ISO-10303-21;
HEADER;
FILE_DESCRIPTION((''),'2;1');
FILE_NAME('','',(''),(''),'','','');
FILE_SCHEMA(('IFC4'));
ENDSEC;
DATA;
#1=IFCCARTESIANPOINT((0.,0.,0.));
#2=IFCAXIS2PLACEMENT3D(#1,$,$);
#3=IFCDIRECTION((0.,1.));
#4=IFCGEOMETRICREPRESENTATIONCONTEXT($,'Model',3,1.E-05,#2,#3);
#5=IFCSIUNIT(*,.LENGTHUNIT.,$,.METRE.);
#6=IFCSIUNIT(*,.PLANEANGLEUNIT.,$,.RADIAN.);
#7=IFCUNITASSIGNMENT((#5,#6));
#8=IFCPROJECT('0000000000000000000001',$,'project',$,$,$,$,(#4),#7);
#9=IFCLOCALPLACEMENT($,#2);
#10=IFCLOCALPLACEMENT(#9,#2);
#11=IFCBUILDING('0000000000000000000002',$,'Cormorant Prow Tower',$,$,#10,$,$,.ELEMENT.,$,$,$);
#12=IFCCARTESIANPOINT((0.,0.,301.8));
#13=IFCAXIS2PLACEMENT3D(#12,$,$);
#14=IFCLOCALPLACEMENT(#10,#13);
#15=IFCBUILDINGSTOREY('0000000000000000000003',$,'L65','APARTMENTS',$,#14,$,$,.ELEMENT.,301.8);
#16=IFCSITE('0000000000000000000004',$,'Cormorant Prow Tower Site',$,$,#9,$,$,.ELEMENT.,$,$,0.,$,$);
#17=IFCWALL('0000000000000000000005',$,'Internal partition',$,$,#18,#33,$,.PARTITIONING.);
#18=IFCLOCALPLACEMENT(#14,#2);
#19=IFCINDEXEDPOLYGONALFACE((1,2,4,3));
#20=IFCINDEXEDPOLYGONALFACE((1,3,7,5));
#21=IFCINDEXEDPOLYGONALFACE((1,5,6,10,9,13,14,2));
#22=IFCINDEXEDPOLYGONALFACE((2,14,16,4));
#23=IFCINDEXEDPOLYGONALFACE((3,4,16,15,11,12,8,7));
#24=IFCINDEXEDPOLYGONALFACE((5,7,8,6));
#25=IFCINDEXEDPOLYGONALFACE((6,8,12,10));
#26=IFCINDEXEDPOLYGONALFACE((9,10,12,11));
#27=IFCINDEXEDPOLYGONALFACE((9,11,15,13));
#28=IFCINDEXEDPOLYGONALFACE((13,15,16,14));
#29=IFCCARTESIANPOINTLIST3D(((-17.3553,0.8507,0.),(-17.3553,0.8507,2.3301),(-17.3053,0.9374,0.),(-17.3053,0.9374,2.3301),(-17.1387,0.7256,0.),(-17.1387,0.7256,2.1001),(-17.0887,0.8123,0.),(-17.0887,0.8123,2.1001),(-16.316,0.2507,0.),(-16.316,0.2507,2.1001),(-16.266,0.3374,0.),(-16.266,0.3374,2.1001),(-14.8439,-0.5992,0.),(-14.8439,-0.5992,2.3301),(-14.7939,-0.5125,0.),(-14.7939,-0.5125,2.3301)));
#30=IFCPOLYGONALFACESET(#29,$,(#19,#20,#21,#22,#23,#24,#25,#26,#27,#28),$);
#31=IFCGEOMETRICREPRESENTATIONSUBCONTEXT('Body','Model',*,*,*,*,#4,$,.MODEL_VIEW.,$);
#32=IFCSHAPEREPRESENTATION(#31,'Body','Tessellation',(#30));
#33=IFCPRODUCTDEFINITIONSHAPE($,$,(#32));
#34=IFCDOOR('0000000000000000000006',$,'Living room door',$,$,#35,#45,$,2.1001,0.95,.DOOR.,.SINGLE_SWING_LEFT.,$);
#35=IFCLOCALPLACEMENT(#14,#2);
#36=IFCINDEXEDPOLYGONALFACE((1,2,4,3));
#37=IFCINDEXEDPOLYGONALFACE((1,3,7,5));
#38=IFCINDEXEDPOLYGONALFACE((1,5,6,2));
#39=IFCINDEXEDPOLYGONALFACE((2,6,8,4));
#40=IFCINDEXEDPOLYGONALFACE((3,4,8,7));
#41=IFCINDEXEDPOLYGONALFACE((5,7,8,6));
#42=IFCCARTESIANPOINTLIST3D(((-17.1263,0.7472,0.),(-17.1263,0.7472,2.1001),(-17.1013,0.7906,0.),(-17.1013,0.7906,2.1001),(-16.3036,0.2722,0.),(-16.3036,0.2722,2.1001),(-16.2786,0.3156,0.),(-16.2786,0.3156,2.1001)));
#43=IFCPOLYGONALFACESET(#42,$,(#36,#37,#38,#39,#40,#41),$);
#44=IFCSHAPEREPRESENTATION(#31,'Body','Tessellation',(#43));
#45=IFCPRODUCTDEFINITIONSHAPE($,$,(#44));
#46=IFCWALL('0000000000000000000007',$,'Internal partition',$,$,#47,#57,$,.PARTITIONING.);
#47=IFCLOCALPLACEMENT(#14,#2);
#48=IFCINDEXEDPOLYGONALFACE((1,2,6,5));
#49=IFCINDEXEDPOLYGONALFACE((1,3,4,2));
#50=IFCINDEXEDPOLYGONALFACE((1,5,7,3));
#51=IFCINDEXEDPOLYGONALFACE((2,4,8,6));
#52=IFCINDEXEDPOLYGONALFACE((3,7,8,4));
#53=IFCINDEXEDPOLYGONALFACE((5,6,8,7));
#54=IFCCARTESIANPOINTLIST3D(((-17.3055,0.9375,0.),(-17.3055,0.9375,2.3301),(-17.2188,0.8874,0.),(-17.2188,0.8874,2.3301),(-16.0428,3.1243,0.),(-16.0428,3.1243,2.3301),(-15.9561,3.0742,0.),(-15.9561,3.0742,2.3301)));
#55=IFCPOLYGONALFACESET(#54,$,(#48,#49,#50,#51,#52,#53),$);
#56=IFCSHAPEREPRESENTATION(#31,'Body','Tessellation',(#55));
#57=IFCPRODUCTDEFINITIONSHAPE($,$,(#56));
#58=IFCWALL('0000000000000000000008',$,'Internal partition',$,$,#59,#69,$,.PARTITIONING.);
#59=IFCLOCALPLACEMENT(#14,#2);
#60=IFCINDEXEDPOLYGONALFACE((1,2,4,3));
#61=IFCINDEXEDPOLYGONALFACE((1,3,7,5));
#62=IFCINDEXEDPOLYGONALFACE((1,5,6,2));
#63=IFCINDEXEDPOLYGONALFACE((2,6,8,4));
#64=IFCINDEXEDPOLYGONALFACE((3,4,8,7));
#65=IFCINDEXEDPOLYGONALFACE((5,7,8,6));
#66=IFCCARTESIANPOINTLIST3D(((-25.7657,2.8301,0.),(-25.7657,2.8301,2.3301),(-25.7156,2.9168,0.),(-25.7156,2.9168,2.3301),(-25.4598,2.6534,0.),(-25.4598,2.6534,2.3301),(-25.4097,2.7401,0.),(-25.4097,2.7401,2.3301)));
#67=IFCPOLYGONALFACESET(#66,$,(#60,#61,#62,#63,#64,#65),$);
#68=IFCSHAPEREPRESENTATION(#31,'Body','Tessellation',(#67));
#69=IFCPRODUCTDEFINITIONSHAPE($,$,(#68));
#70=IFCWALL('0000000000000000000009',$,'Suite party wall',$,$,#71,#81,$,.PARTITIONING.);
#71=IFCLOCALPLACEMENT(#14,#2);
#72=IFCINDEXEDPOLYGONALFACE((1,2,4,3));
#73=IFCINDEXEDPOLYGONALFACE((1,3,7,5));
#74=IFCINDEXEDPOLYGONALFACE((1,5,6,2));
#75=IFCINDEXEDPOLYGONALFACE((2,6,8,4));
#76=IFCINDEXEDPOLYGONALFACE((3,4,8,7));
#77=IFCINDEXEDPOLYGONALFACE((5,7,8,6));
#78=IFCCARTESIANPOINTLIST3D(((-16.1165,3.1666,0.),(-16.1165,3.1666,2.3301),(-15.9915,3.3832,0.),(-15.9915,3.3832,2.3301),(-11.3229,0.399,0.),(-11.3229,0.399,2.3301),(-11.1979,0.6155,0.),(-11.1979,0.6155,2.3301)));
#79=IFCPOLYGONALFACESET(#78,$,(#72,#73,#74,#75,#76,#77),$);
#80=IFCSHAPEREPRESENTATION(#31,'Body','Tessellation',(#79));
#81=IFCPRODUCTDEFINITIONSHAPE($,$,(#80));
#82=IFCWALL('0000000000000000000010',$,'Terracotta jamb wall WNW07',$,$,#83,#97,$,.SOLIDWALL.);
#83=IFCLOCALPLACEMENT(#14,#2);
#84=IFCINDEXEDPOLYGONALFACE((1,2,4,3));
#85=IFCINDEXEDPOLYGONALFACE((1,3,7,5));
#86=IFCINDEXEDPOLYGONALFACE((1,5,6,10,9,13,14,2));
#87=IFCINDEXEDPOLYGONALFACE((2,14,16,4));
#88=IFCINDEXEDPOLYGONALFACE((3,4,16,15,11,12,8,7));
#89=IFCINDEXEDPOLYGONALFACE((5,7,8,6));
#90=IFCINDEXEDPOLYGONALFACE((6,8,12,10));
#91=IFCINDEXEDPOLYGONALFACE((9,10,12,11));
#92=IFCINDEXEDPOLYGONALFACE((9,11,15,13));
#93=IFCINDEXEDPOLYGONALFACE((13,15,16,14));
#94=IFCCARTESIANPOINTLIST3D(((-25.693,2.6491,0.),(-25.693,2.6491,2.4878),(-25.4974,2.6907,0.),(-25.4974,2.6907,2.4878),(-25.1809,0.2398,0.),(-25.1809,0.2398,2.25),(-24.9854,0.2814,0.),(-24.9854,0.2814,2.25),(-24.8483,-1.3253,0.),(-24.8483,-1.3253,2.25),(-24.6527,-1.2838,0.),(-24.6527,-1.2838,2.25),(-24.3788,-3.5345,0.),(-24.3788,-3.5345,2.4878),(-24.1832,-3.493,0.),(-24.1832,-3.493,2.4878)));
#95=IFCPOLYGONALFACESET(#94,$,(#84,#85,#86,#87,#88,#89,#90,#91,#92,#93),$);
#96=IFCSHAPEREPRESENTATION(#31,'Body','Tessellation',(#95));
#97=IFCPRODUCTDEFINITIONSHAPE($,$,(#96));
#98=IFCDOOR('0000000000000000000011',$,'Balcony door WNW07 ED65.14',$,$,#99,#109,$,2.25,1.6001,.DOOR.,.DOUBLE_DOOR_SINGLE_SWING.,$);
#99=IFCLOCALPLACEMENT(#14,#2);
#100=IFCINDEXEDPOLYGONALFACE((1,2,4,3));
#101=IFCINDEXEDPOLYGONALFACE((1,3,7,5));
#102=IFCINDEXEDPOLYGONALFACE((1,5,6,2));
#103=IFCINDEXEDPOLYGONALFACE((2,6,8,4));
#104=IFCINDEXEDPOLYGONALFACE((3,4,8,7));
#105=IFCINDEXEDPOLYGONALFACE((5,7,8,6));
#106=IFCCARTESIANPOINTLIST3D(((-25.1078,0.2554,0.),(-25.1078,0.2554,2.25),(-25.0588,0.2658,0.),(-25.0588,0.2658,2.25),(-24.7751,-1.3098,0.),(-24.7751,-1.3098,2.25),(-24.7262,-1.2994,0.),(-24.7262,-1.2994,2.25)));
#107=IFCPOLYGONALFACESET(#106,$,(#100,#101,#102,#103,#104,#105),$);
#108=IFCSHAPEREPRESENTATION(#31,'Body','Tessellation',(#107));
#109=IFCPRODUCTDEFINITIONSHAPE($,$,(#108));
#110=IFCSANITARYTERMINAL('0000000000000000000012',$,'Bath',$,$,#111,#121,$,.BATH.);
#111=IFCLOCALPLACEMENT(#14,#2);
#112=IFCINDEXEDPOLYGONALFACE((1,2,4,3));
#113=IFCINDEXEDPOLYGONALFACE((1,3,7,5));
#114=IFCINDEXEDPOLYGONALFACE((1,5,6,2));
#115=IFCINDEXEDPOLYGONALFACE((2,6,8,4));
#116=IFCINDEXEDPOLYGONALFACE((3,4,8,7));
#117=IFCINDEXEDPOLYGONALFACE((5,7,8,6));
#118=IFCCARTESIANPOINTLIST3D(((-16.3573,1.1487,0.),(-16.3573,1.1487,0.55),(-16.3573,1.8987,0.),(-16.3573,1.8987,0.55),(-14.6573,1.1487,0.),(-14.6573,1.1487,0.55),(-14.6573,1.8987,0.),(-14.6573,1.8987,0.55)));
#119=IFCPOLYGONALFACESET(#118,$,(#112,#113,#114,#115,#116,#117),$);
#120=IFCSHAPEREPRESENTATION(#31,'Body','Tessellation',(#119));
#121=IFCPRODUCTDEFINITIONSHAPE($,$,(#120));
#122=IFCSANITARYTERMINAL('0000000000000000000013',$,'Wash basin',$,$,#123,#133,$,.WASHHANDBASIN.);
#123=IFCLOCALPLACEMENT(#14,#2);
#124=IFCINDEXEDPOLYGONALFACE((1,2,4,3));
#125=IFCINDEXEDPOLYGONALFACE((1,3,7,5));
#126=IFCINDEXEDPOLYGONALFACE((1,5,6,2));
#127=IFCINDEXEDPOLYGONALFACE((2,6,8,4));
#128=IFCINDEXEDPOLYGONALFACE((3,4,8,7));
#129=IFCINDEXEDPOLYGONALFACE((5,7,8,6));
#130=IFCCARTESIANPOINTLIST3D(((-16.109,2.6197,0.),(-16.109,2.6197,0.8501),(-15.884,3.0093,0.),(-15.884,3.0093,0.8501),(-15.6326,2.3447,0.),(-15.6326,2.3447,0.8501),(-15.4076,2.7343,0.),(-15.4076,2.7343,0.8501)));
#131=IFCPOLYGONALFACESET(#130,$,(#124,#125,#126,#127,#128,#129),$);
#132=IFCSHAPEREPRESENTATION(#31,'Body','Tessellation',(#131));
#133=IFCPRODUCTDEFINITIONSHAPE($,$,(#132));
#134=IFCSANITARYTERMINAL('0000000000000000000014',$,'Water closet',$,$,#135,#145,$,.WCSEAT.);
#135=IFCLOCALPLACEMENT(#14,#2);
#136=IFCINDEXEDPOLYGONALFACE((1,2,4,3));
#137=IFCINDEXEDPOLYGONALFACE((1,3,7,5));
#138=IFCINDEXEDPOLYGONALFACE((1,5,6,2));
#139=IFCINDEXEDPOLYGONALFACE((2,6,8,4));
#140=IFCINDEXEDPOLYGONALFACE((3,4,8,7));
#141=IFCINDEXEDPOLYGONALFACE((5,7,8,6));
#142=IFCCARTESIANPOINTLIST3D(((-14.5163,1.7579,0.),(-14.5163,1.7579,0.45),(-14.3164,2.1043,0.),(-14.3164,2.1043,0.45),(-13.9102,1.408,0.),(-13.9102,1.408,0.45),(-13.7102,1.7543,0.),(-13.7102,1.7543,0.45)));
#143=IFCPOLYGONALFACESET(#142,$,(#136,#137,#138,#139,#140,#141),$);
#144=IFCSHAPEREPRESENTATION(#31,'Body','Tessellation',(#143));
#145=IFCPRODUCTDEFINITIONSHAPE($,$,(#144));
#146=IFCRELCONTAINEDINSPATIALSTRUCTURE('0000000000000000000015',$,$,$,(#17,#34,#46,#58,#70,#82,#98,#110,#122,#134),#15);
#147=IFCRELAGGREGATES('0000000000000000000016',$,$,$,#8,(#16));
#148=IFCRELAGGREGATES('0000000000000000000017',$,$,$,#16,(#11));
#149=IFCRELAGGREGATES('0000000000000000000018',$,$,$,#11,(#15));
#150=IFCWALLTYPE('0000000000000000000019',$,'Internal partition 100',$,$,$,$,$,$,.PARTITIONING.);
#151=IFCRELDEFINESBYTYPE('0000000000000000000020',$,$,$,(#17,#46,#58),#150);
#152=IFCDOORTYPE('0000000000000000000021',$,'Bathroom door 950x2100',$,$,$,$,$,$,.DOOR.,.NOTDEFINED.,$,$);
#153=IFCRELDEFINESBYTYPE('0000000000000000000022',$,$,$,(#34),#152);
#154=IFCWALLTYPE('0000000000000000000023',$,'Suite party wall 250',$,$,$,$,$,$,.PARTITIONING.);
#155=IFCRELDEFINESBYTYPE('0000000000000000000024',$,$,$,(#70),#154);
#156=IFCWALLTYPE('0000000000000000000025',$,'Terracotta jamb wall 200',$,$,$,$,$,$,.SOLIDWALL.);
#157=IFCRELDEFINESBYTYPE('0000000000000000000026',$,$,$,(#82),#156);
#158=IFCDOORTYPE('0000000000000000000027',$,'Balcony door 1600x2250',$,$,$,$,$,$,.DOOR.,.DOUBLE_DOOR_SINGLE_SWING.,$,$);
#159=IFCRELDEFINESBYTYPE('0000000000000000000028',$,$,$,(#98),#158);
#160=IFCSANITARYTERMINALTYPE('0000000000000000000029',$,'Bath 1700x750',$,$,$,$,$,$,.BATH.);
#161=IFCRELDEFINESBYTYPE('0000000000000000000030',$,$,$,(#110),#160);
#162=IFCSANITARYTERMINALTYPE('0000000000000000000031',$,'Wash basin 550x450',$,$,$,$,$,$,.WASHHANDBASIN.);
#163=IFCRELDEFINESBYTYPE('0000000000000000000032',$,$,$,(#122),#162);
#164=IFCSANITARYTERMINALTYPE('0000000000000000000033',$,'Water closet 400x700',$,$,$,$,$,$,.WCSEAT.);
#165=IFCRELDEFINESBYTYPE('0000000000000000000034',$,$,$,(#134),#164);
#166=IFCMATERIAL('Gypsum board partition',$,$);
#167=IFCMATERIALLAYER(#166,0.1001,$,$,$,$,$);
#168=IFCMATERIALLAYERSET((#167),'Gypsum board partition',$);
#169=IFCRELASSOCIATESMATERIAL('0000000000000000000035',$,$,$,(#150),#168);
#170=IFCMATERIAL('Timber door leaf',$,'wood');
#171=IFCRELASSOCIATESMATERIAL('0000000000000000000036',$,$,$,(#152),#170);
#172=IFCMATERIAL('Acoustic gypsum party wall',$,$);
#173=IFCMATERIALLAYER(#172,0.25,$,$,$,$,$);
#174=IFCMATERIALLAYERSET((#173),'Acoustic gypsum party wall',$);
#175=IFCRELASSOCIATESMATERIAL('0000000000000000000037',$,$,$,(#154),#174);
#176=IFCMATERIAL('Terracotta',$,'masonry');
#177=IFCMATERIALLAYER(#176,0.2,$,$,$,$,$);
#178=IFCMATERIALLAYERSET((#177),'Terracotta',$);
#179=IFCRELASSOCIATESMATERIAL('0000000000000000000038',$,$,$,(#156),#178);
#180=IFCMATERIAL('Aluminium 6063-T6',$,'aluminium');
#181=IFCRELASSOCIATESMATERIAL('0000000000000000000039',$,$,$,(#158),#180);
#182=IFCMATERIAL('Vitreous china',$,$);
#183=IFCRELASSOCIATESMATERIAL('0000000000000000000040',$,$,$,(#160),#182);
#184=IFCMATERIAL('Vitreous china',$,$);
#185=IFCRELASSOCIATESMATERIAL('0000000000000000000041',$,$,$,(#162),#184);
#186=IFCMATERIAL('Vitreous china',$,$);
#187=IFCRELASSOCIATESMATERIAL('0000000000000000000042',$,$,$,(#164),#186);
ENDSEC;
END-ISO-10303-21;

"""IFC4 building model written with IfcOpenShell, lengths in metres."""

from ifc_helpers import new_model, si_unit, direction, frame, frame_2d, origin, origin_2d, place, context, subcontext, project, spatial, rectangle, extrude, material, layer, layer_set, type_object, element, fill, save


model = new_model("IFC4")

# Units and contexts
model_context = context("Model", 3, precision=1e-05, world=origin(), true_north=direction((0.0, 1.0)))
body_context = subcontext(model_context, "Body", "Model", "MODEL_VIEW")
ifc_project = project(units=[si_unit("LENGTHUNIT", "METRE"), si_unit("PLANEANGLEUNIT", "RADIAN")], contexts=[model_context])

# Site, building, storey
site_placement = place(None, origin())
site = spatial("IfcSite", under=ifc_project, at=site_placement, Name="Cormorant Prow Tower Site", CompositionType="ELEMENT", RefElevation=0.0)
building_placement = place(site_placement, origin())
building = spatial("IfcBuilding", under=site, at=building_placement, Name="Cormorant Prow Tower", CompositionType="ELEMENT")
storey_placement = place(building_placement, frame((0.0, 0.0, 301.8)))
storey = spatial("IfcBuildingStorey", under=building, at=storey_placement, Name="L65", Description="APARTMENTS", CompositionType="ELEMENT", Elevation=301.8)

# Shared definitions
ifc_material_1 = material(Name="Gypsum board partition")
ifc_layer_1 = layer(ifc_material_1, 0.1001)
ifc_layer_set_1 = layer_set([ifc_layer_1], Name="Gypsum board partition")
wall_type_1 = type_object("IfcWallType", Name="Internal partition 100", PredefinedType="PARTITIONING", material=ifc_layer_set_1)
ifc_material_2 = material(Name="Timber door leaf", Category="wood")
door_type_1 = type_object("IfcDoorType", Name="Bathroom door 950x2100", OperationType="NOTDEFINED", PredefinedType="DOOR", material=ifc_material_2)

# Wall, opening, door
wall_1_placement = place(storey_placement, frame((-17.3303, 0.894, 0.0), z_axis=(0.0, 0.0, 1.0), x_axis=(0.866033, -0.499987, 0.0)))
wall_1 = element("IfcWall", 1, at=wall_1_placement, inside=storey, type_object=wall_type_1, Name="Internal partition", PredefinedType="PARTITIONING", context=body_context, shape_type="SweptSolid", body=[
    extrude(rectangle(XDim=2.8999, YDim=0.1001, at=frame_2d((1.45, 0.0))), origin(), (0.0, 0.0, 1.0), 2.3301),
])
opening_1_placement = place(wall_1_placement, frame((0.25, 0.0, 0.0)))
opening_1 = element("IfcOpeningElement", 2, at=opening_1_placement, cuts=wall_1, PredefinedType="OPENING", context=body_context, shape_type="SweptSolid", body=[
    extrude(rectangle(XDim=0.95, YDim=2.1001, at=frame_2d((0.4751, 1.05))), frame((0.0, 0.0601, 0.0), z_axis=(0.0, -1.0, 0.0), x_axis=(1.0, 0.0, 0.0)), (0.0, 0.0, 1.0), 0.1201),
])
door_1_placement = place(opening_1_placement, origin())
door_1 = element("IfcDoor", 3, at=door_1_placement, inside=storey, type_object=door_type_1, Name="Living room door", OperationType="SINGLE_SWING_LEFT", OverallHeight=2.1001, OverallWidth=0.95, PredefinedType="DOOR", context=body_context, shape_type="SweptSolid", body=[
    extrude(rectangle(XDim=0.95, YDim=2.1001, at=frame_2d((0.4751, 1.05))), frame((0.0, 0.0249, 0.0), z_axis=(0.0, -1.0, 0.0), x_axis=(1.0, 0.0, 0.0)), (0.0, 0.0, 1.0), 0.05),
])
fill(opening_1, door_1)

# Walls
wall_2_placement = place(storey_placement, frame((-17.2622, 0.9124, 0.0), z_axis=(0.0, 0.0, 1.0), x_axis=(0.500049, 0.865997, 0.0)))
element("IfcWall", 4, at=wall_2_placement, inside=storey, type_object=wall_type_1, Name="Internal partition", PredefinedType="PARTITIONING", context=body_context, shape_type="SweptSolid", body=[
    extrude(rectangle(XDim=2.5251, YDim=0.1001, at=frame_2d((1.2627, 0.0))), origin(), (0.0, 0.0, 1.0), 2.3301),
])
wall_3_placement = place(storey_placement, frame((-25.7407, 2.8735, 0.0), z_axis=(0.0, 0.0, 1.0), x_axis=(0.865852, -0.500301, 0.0)))
element("IfcWall", 5, at=wall_3_placement, inside=storey, type_object=wall_type_1, Name="Internal partition", PredefinedType="PARTITIONING", context=body_context, shape_type="SweptSolid", body=[
    extrude(rectangle(XDim=0.3533, YDim=0.1001, at=frame_2d((0.1768, 0.0))), origin(), (0.0, 0.0, 1.0), 2.3301),
])
ifc_material_3 = material(Name="Acoustic gypsum party wall")
ifc_layer_2 = layer(ifc_material_3, 0.25)
ifc_layer_set_2 = layer_set([ifc_layer_2], Name="Acoustic gypsum party wall")
wall_type_2 = type_object("IfcWallType", Name="Suite party wall 250", PredefinedType="PARTITIONING", material=ifc_layer_set_2)
wall_4_placement = place(storey_placement, frame((-16.054, 3.2749, 0.0), z_axis=(0.0, 0.0, 1.0), x_axis=(0.86602, -0.50001, 0.0)))
element("IfcWall", 6, at=wall_4_placement, inside=storey, type_object=wall_type_2, Name="Suite party wall", PredefinedType="PARTITIONING", context=body_context, shape_type="SweptSolid", body=[
    extrude(rectangle(XDim=5.5352, YDim=0.25, at=frame_2d((2.7676, 0.0))), origin(), (0.0, 0.0, 1.0), 2.3301),
])

# Wall, opening, door
ifc_material_4 = material(Name="Terracotta", Category="masonry")
ifc_layer_3 = layer(ifc_material_4, 0.2)
ifc_layer_set_3 = layer_set([ifc_layer_3], Name="Terracotta")
wall_type_3 = type_object("IfcWallType", Name="Terracotta jamb wall 200", PredefinedType="SOLIDWALL", material=ifc_layer_set_3)
wall_5_placement = place(storey_placement, frame((-25.5952, 2.6699, 0.0), z_axis=(0.0, 0.0, 1.0), x_axis=(0.207888, -0.978153, 0.0)))
wall_5 = element("IfcWall", 7, at=wall_5_placement, inside=storey, type_object=wall_type_3, Name="Terracotta jamb wall WNW07", PredefinedType="SOLIDWALL", context=body_context, shape_type="SweptSolid", body=[
    extrude(rectangle(XDim=6.3218, YDim=0.2, at=frame_2d((3.1609, 0.0))), origin(), (0.0, 0.0, 1.0), 2.4878),
])
opening_2_placement = place(wall_5_placement, frame((2.4631, 0.0, 0.0)))
opening_2 = element("IfcOpeningElement", 8, at=opening_2_placement, cuts=wall_5, PredefinedType="OPENING", context=body_context, shape_type="SweptSolid", body=[
    extrude(rectangle(XDim=1.6001, YDim=2.25, at=frame_2d((0.8, 1.125))), frame((0.0, 0.1099, 0.0), z_axis=(0.0, -1.0, 0.0), x_axis=(1.0, 0.0, 0.0)), (0.0, 0.0, 1.0), 0.22),
])
ifc_material_5 = material(Name="Aluminium 6063-T6", Category="aluminium")
door_type_2 = type_object("IfcDoorType", Name="Balcony door 1600x2250", OperationType="DOUBLE_DOOR_SINGLE_SWING", PredefinedType="DOOR", material=ifc_material_5)
door_2_placement = place(opening_2_placement, origin())
door_2 = element("IfcDoor", 9, at=door_2_placement, inside=storey, type_object=door_type_2, Name="Balcony door WNW07 ED65.14", OperationType="DOUBLE_DOOR_SINGLE_SWING", OverallHeight=2.25, OverallWidth=1.6001, PredefinedType="DOOR", context=body_context, shape_type="SweptSolid", body=[
    extrude(rectangle(XDim=1.6001, YDim=2.25, at=frame_2d((0.8, 1.125))), frame((0.0, 0.0249, 0.0), z_axis=(0.0, -1.0, 0.0), x_axis=(1.0, 0.0, 0.0)), (0.0, 0.0, 1.0), 0.05),
])
fill(opening_2, door_2)

# Sanitary terminals
ifc_material_6 = material(Name="Vitreous china")
sanitary_terminal_type_1 = type_object("IfcSanitaryTerminalType", Name="Bath 1700x750", PredefinedType="BATH", material=ifc_material_6)
sanitary_terminal_1_placement = place(storey_placement, frame((-15.5073, 1.5237, 0.0), z_axis=(0.0, 0.0, 1.0), x_axis=(1.0, 0.0, 0.0)))
element("IfcSanitaryTerminal", 10, at=sanitary_terminal_1_placement, inside=storey, type_object=sanitary_terminal_type_1, Name="Bath", PredefinedType="BATH", context=body_context, shape_type="SweptSolid", body=[
    extrude(rectangle(XDim=1.7, YDim=0.75, at=origin_2d()), origin(), (0.0, 0.0, 1.0), 0.55),
])
ifc_material_7 = material(Name="Vitreous china")
sanitary_terminal_type_2 = type_object("IfcSanitaryTerminalType", Name="Wash basin 550x450", PredefinedType="WASHHANDBASIN", material=ifc_material_7)
sanitary_terminal_2_placement = place(storey_placement, frame((-15.7583, 2.677, 0.0), z_axis=(0.0, 0.0, 1.0), x_axis=(0.866025, -0.5, 0.0)))
element("IfcSanitaryTerminal", 11, at=sanitary_terminal_2_placement, inside=storey, type_object=sanitary_terminal_type_2, Name="Wash basin", PredefinedType="WASHHANDBASIN", context=body_context, shape_type="SweptSolid", body=[
    extrude(rectangle(XDim=0.55, YDim=0.45, at=origin_2d()), origin(), (0.0, 0.0, 1.0), 0.8501),
])
ifc_material_8 = material(Name="Vitreous china")
sanitary_terminal_type_3 = type_object("IfcSanitaryTerminalType", Name="Water closet 400x700", PredefinedType="WCSEAT", material=ifc_material_8)
sanitary_terminal_3_placement = place(storey_placement, frame((-14.1133, 1.7561, 0.0), z_axis=(0.0, 0.0, 1.0), x_axis=(-0.5, -0.866025, 0.0)))
element("IfcSanitaryTerminal", 12, at=sanitary_terminal_3_placement, inside=storey, type_object=sanitary_terminal_type_3, Name="Water closet", PredefinedType="WCSEAT", context=body_context, shape_type="SweptSolid", body=[
    extrude(rectangle(XDim=0.3999, YDim=0.7, at=origin_2d()), origin(), (0.0, 0.0, 1.0), 0.45),
])

save(model, "model.ifc")
